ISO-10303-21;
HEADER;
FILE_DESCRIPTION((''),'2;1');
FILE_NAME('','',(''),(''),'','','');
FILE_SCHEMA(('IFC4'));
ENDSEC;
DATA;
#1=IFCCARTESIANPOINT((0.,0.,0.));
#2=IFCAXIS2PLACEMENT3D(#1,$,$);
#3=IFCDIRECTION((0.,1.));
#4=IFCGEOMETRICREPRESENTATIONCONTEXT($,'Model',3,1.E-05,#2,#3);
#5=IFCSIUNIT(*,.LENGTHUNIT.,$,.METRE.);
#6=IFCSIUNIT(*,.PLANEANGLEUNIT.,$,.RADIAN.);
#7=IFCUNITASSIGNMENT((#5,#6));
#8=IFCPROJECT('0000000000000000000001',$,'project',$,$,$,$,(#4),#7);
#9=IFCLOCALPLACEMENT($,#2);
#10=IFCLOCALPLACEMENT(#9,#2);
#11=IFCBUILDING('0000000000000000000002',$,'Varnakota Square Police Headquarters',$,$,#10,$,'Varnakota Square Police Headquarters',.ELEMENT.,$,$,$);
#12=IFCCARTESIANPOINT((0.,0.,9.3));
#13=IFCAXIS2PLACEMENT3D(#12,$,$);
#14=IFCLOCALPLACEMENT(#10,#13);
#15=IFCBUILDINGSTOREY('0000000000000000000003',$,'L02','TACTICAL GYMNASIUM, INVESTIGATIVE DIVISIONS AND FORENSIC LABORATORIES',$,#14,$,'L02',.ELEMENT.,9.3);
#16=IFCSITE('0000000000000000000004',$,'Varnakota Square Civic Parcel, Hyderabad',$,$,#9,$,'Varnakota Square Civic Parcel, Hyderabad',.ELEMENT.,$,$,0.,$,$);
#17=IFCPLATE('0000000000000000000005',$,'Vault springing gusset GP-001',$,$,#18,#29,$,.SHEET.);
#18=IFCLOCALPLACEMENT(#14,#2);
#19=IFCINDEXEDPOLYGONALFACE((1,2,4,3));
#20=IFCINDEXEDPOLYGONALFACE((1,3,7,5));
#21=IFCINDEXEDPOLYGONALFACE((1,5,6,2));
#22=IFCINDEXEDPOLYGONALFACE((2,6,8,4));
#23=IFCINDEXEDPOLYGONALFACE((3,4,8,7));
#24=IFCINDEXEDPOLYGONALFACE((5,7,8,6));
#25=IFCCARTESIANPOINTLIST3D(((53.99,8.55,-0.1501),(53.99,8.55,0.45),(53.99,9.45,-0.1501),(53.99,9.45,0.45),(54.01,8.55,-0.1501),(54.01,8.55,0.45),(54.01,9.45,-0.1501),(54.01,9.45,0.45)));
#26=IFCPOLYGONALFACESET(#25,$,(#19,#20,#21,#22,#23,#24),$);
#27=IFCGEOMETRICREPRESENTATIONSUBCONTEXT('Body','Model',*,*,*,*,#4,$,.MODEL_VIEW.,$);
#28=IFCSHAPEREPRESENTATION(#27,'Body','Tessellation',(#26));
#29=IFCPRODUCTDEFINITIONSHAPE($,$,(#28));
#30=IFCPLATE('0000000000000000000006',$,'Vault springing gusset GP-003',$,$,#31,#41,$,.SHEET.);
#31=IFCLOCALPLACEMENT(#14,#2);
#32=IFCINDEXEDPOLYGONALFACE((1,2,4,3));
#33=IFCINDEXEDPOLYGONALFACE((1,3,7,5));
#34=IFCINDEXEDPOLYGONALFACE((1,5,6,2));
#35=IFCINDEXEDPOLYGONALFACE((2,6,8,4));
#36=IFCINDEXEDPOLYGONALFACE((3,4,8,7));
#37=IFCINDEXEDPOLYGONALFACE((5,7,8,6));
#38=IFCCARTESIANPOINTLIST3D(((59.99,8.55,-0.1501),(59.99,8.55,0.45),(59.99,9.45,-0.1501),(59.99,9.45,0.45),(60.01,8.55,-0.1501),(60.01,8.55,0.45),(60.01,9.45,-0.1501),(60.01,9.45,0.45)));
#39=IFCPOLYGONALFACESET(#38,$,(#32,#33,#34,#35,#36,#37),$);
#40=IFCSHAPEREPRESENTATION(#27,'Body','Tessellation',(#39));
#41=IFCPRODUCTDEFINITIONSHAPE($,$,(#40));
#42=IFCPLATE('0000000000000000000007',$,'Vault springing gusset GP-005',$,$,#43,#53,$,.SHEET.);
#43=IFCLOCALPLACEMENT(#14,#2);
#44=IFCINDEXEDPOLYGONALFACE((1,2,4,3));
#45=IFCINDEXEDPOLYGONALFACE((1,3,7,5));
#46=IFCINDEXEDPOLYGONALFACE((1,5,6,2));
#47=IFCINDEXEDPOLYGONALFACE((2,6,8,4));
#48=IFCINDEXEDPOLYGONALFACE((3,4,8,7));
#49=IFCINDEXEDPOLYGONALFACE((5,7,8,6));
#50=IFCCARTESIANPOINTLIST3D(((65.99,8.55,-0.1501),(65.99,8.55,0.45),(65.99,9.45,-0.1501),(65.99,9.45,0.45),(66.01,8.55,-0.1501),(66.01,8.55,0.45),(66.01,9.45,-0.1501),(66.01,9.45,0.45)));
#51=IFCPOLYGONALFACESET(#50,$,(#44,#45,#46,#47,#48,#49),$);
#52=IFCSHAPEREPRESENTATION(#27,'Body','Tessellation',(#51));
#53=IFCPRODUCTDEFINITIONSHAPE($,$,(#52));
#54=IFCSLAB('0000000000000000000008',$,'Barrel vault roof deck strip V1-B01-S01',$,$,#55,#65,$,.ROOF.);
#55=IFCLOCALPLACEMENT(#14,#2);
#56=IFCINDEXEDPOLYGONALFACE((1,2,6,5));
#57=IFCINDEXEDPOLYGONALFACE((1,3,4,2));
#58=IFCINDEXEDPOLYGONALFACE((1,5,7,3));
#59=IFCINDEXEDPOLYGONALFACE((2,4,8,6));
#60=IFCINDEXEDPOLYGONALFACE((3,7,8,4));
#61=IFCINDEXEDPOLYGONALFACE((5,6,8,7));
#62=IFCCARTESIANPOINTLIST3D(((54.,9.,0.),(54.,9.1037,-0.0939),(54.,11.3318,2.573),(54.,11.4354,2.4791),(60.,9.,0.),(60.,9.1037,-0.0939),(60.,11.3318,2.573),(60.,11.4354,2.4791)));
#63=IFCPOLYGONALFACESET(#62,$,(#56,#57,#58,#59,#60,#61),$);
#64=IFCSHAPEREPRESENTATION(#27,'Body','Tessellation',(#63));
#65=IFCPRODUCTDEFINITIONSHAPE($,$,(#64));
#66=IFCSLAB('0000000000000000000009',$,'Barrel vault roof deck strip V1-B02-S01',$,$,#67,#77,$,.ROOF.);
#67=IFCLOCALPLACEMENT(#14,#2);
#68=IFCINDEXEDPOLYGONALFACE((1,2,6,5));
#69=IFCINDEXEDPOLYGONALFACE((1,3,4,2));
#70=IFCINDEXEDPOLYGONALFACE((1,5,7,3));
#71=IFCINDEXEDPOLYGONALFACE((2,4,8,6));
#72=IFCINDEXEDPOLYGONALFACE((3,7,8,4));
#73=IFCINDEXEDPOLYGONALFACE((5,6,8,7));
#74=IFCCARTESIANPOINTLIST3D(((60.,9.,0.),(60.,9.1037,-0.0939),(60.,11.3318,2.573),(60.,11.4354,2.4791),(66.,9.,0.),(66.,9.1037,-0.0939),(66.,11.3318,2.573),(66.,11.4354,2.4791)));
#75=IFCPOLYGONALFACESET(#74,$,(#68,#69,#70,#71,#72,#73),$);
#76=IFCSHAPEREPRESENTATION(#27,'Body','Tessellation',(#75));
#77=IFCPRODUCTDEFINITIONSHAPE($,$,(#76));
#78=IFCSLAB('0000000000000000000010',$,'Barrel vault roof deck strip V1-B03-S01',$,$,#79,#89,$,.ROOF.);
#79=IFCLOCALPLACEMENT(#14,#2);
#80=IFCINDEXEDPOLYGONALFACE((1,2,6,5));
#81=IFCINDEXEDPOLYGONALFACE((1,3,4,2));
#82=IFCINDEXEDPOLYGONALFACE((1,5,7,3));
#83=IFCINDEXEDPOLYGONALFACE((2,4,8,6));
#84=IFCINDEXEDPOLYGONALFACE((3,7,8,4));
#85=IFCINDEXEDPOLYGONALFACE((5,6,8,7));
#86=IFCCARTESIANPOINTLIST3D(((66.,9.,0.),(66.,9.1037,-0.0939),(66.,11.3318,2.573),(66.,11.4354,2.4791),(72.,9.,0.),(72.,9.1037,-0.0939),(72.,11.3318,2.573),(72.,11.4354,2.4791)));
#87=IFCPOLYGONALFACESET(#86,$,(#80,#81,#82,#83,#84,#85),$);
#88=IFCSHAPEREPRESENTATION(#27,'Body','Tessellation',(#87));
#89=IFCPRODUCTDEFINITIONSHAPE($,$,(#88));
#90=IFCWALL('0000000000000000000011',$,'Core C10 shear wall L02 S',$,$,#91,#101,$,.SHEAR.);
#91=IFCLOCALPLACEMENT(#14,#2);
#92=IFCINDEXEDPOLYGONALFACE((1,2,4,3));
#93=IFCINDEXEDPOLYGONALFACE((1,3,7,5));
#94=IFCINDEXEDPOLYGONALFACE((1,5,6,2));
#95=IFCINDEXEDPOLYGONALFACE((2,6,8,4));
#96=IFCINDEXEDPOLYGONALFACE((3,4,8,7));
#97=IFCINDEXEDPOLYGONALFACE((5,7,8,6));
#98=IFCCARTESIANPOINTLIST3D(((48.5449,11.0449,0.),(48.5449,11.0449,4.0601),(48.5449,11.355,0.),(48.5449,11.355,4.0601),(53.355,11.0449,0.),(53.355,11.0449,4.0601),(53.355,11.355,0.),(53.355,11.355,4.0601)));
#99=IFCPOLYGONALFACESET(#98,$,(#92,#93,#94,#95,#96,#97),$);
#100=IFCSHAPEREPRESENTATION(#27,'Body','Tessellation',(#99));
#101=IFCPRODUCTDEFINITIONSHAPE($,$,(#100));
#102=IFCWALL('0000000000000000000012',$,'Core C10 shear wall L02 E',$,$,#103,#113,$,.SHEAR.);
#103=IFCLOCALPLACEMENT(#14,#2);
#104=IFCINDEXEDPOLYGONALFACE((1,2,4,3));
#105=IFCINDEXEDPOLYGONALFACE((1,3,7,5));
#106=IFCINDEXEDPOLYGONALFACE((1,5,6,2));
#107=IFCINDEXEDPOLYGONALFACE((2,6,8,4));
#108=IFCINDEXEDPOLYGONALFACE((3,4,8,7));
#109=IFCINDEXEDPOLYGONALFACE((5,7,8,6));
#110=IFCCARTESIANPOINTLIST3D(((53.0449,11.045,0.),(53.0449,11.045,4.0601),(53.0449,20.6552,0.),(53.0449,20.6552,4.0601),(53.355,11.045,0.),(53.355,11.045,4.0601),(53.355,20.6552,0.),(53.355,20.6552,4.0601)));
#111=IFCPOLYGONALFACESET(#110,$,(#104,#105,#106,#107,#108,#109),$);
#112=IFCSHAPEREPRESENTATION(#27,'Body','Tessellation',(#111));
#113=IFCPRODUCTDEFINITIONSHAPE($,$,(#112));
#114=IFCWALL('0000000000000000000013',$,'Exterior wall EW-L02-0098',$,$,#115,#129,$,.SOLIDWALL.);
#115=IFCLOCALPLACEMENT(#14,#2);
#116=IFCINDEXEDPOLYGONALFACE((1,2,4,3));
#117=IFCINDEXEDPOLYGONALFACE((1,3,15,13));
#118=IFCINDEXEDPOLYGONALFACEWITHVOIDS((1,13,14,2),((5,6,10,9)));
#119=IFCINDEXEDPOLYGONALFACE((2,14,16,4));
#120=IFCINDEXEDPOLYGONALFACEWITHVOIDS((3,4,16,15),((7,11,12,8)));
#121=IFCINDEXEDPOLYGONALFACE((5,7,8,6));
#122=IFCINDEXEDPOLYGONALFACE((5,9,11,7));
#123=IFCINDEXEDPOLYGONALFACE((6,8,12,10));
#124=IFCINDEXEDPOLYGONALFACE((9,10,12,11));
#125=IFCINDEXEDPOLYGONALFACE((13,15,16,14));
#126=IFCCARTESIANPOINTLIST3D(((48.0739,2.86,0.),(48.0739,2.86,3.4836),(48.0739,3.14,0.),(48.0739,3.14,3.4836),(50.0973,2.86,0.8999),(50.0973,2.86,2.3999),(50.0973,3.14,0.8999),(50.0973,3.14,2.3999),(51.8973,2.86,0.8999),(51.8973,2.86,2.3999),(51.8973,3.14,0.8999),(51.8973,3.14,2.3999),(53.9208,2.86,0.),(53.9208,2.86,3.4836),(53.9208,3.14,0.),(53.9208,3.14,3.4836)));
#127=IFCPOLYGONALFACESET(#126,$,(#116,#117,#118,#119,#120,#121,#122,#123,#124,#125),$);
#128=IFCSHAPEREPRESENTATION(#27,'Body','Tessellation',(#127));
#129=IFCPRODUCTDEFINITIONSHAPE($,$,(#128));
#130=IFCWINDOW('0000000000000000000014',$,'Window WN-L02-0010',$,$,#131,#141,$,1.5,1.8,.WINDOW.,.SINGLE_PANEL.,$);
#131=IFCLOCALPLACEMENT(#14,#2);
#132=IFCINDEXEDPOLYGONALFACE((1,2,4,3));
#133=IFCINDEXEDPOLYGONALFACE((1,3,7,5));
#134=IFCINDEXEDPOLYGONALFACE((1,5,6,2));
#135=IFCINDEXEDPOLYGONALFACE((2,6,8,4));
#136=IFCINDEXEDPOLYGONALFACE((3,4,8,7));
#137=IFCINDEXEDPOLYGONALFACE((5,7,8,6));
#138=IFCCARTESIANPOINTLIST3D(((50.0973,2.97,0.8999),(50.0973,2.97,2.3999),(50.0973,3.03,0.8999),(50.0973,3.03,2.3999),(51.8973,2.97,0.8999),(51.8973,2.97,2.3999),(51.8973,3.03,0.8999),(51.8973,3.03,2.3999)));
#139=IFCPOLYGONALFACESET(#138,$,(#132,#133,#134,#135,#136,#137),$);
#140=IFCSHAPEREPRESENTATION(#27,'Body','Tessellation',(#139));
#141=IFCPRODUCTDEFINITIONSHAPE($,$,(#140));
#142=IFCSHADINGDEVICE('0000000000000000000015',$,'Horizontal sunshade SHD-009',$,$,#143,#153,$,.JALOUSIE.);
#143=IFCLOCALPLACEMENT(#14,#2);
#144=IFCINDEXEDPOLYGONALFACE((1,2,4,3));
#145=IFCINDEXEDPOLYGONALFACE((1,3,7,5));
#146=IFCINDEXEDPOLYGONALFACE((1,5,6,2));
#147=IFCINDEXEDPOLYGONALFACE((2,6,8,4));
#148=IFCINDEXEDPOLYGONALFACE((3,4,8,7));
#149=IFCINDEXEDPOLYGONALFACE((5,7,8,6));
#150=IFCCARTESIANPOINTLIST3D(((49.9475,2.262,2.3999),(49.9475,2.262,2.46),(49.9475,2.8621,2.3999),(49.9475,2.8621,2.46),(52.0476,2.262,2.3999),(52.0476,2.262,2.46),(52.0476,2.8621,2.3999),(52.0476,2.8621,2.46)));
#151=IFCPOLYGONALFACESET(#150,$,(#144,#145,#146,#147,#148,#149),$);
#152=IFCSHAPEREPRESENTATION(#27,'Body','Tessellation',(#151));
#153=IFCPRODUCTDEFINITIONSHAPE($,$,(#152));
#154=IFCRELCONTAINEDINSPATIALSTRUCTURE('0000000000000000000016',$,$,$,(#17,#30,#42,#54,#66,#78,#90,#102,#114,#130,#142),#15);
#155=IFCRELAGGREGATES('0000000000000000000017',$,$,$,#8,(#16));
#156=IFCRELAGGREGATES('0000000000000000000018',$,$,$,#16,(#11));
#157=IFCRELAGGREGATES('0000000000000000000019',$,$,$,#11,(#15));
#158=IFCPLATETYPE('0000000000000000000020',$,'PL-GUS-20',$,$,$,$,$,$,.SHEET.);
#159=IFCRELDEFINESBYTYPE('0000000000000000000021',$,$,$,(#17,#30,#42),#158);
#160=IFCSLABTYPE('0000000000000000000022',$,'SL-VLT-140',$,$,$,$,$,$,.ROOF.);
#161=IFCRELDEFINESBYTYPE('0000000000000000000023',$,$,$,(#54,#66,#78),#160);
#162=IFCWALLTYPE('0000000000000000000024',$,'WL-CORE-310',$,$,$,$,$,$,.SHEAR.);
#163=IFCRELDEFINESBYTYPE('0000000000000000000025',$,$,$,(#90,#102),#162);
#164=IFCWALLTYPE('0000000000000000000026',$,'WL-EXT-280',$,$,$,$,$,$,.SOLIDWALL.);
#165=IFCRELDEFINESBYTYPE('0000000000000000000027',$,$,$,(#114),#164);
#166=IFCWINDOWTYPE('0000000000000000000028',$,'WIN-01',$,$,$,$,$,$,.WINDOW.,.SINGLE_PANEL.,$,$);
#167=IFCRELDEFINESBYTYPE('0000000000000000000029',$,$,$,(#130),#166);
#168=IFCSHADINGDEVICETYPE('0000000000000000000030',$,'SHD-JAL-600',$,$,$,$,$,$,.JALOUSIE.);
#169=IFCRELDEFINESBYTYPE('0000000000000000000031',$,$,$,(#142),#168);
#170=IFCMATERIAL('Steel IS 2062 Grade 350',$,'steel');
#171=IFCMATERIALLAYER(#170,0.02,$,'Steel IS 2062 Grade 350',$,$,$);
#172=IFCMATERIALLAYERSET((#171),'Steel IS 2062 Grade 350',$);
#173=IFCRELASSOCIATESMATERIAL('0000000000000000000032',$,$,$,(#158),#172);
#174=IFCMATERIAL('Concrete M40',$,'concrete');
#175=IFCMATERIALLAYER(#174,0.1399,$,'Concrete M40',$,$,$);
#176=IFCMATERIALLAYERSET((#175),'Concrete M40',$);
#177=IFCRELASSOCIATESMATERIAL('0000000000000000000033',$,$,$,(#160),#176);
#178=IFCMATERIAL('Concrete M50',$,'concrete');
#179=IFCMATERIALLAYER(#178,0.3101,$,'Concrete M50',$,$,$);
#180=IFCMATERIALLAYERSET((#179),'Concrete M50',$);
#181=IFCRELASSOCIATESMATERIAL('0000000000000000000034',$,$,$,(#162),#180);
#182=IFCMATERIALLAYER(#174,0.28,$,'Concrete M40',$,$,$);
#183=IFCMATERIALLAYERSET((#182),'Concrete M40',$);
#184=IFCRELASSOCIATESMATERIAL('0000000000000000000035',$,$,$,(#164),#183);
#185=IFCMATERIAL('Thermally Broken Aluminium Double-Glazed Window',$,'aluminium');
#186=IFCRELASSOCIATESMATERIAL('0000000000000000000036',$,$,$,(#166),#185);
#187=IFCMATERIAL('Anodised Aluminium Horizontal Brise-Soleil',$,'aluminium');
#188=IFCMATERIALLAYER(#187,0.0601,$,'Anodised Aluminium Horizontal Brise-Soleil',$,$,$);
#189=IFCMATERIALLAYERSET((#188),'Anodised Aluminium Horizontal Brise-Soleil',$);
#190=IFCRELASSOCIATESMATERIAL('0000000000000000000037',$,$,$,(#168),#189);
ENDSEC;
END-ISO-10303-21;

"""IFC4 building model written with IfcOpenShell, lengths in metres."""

from ifc_helpers import new_model, si_unit, direction, frame, frame_2d, origin, origin_2d, place, context, subcontext, project, spatial, polyline, rectangle, outline, extrude, material, layer, layer_set, type_object, element, fill, save


model = new_model("IFC4")

# Units and contexts
model_context = context("Model", 3, precision=1e-05, world=origin(), true_north=direction((0.0, 1.0)))
body_context = subcontext(model_context, "Body", "Model", "MODEL_VIEW")
ifc_project = project(units=[si_unit("LENGTHUNIT", "METRE"), si_unit("PLANEANGLEUNIT", "RADIAN")], contexts=[model_context])

# Site, building, storey
site_placement = place(None, origin())
site = spatial("IfcSite", under=ifc_project, at=site_placement, Name="Varnakota Square Civic Parcel, Hyderabad", LongName="Varnakota Square Civic Parcel, Hyderabad", CompositionType="ELEMENT", RefElevation=0.0)
building_placement = place(site_placement, origin())
building = spatial("IfcBuilding", under=site, at=building_placement, Name="Varnakota Square Police Headquarters", LongName="Varnakota Square Police Headquarters", CompositionType="ELEMENT")
storey_placement = place(building_placement, frame((0.0, 0.0, 9.3)))
storey = spatial("IfcBuildingStorey", under=building, at=storey_placement, Name="L02", Description="TACTICAL GYMNASIUM, INVESTIGATIVE DIVISIONS AND FORENSIC LABORATORIES", LongName="L02", CompositionType="ELEMENT", Elevation=9.3)

# Shared definitions
ifc_material_1 = material(Name="Steel IS 2062 Grade 350", Category="steel")

# Plates
ifc_layer_1 = layer(ifc_material_1, 0.02, Name="Steel IS 2062 Grade 350")
ifc_layer_set_1 = layer_set([ifc_layer_1], Name="Steel IS 2062 Grade 350")
plate_type_1 = type_object("IfcPlateType", Name="PL-GUS-20", PredefinedType="SHEET", material=ifc_layer_set_1)
for number, where, z_axis, x_axis, name in (
    (1, (54.0, 9.0, -0.1501), (0.0, 0.0, 1.0), (1.0, 0.0, 0.0), "Vault springing gusset GP-001"),
    (2, (60.0, 9.0, -0.1501), (0.0, 0.0, 1.0), (1.0, 0.0, 0.0), "Vault springing gusset GP-003"),
    (3, (66.0, 9.0, -0.1501), (0.0, 0.0, 1.0), (1.0, 0.0, 0.0), "Vault springing gusset GP-005"),
):
    element("IfcPlate", number, at=place(storey_placement, frame(where, z_axis=z_axis, x_axis=x_axis)), inside=storey, type_object=plate_type_1, Name=name, PredefinedType="SHEET", context=body_context, shape_type="SweptSolid", body=[
        extrude(rectangle(XDim=0.02, YDim=0.8999, at=origin_2d()), origin(), (0.0, 0.0, 1.0), 0.6001),
    ])

# Slabs
ifc_material_2 = material(Name="Concrete M40", Category="concrete")
ifc_layer_2 = layer(ifc_material_2, 0.1399, Name="Concrete M40")
ifc_layer_set_2 = layer_set([ifc_layer_2], Name="Concrete M40")
slab_type = type_object("IfcSlabType", Name="SL-VLT-140", PredefinedType="ROOF", material=ifc_layer_set_2)
for number, where, z_axis, x_axis, name in (
    (4, (54.0, 9.0, 0.0), (0.0, -0.740986, 0.671521), (1.0, 0.0, 0.0), "Barrel vault roof deck strip V1-B01-S01"),
    (5, (60.0, 9.0, 0.0), (0.0, -0.740986, 0.671521), (1.0, 0.0, 0.0), "Barrel vault roof deck strip V1-B02-S01"),
    (6, (66.0, 9.0, 0.0), (0.0, -0.740986, 0.671521), (1.0, 0.0, 0.0), "Barrel vault roof deck strip V1-B03-S01"),
):
    element("IfcSlab", number, at=place(storey_placement, frame(where, z_axis=z_axis, x_axis=x_axis)), inside=storey, type_object=slab_type, Name=name, PredefinedType="ROOF", context=body_context, shape_type="SweptSolid", body=[
        extrude(outline(polyline([(0.0, 0.0), (6.0, 0.0), (6.0, 3.4724), (0.0, 3.4724), (0.0, 0.0)])), origin(), (0.0, 0.0, -1.0), 0.1399),
    ])

# Walls
ifc_material_3 = material(Name="Concrete M50", Category="concrete")
ifc_layer_3 = layer(ifc_material_3, 0.3101, Name="Concrete M50")
ifc_layer_set_3 = layer_set([ifc_layer_3], Name="Concrete M50")
wall_type_1 = type_object("IfcWallType", Name="WL-CORE-310", PredefinedType="SHEAR", material=ifc_layer_set_3)
wall_1_placement = place(storey_placement, frame((48.5449, 11.2, 0.0), z_axis=(0.0, 0.0, 1.0), x_axis=(1.0, 0.0, 0.0)))
element("IfcWall", 7, at=wall_1_placement, inside=storey, type_object=wall_type_1, Name="Core C10 shear wall L02 S", PredefinedType="SHEAR", context=body_context, shape_type="SweptSolid", body=[
    extrude(rectangle(XDim=4.8101, YDim=0.3101, at=frame_2d((2.405, 0.0))), origin(), (0.0, 0.0, 1.0), 4.0601),
])
wall_2_placement = place(storey_placement, frame((53.2, 11.0449, 0.0), z_axis=(0.0, 0.0, 1.0), x_axis=(0.0, 1.0, 0.0)))
element("IfcWall", 8, at=wall_2_placement, inside=storey, type_object=wall_type_1, Name="Core C10 shear wall L02 E", PredefinedType="SHEAR", context=body_context, shape_type="SweptSolid", body=[
    extrude(rectangle(XDim=9.6101, YDim=0.3101, at=frame_2d((4.8052, 0.0))), origin(), (0.0, 0.0, 1.0), 4.0601),
])

# Wall, opening, window
ifc_layer_4 = layer(ifc_material_2, 0.28, Name="Concrete M40")
ifc_layer_set_4 = layer_set([ifc_layer_4], Name="Concrete M40")
wall_type_2 = type_object("IfcWallType", Name="WL-EXT-280", PredefinedType="SOLIDWALL", material=ifc_layer_set_4)
wall_3_placement = place(storey_placement, frame((48.074, 3.0, 0.0), z_axis=(0.0, 0.0, 1.0), x_axis=(1.0, 0.0, 0.0)))
wall_3 = element("IfcWall", 9, at=wall_3_placement, inside=storey, type_object=wall_type_2, Name="Exterior wall EW-L02-0098", PredefinedType="SOLIDWALL", context=body_context, shape_type="SweptSolid", body=[
    extrude(rectangle(XDim=5.8469, YDim=0.28, at=frame_2d((2.9233, 0.0))), origin(), (0.0, 0.0, 1.0), 3.4836),
])
opening_placement = place(wall_3_placement, frame((2.0234, 0.0, 0.8999)))
opening = element("IfcOpeningElement", 10, at=opening_placement, cuts=wall_3, PredefinedType="OPENING", context=body_context, shape_type="SweptSolid", body=[
    extrude(rectangle(XDim=1.8, YDim=1.5, at=frame_2d((0.8999, 0.75))), frame((0.0, 0.1499, 0.0), z_axis=(0.0, -1.0, 0.0), x_axis=(1.0, 0.0, 0.0)), (0.0, 0.0, 1.0), 0.3),
])
ifc_material_4 = material(Name="Thermally Broken Aluminium Double-Glazed Window", Category="aluminium")
window_type = type_object("IfcWindowType", Name="WIN-01", PartitioningType="SINGLE_PANEL", PredefinedType="WINDOW", material=ifc_material_4)
window_placement = place(opening_placement, origin())
window = element("IfcWindow", 11, at=window_placement, inside=storey, type_object=window_type, Name="Window WN-L02-0010", OverallHeight=1.5, OverallWidth=1.8, PartitioningType="SINGLE_PANEL", PredefinedType="WINDOW", context=body_context, shape_type="SweptSolid", body=[
    extrude(rectangle(XDim=1.8, YDim=1.5, at=frame_2d((0.8999, 0.75))), frame((0.0, 0.03, 0.0), z_axis=(0.0, -1.0, 0.0), x_axis=(1.0, 0.0, 0.0)), (0.0, 0.0, 1.0), 0.0601),
])
fill(opening, window)

# Shading device
ifc_material_5 = material(Name="Anodised Aluminium Horizontal Brise-Soleil", Category="aluminium")
ifc_layer_5 = layer(ifc_material_5, 0.0601, Name="Anodised Aluminium Horizontal Brise-Soleil")
ifc_layer_set_5 = layer_set([ifc_layer_5], Name="Anodised Aluminium Horizontal Brise-Soleil")
shading_device_type = type_object("IfcShadingDeviceType", Name="SHD-JAL-600", PredefinedType="JALOUSIE", material=ifc_layer_set_5)
shading_device_placement = place(storey_placement, frame((50.9976, 2.562, 2.3999), z_axis=(0.0, 0.0, 1.0), x_axis=(1.0, 0.0, 0.0)))
element("IfcShadingDevice", 12, at=shading_device_placement, inside=storey, type_object=shading_device_type, Name="Horizontal sunshade SHD-009", PredefinedType="JALOUSIE", context=body_context, shape_type="SweptSolid", body=[
    extrude(rectangle(XDim=2.1001, YDim=0.6001, at=origin_2d()), origin(), (0.0, 0.0, 1.0), 0.0601),
])

save(model, "model.ifc")
